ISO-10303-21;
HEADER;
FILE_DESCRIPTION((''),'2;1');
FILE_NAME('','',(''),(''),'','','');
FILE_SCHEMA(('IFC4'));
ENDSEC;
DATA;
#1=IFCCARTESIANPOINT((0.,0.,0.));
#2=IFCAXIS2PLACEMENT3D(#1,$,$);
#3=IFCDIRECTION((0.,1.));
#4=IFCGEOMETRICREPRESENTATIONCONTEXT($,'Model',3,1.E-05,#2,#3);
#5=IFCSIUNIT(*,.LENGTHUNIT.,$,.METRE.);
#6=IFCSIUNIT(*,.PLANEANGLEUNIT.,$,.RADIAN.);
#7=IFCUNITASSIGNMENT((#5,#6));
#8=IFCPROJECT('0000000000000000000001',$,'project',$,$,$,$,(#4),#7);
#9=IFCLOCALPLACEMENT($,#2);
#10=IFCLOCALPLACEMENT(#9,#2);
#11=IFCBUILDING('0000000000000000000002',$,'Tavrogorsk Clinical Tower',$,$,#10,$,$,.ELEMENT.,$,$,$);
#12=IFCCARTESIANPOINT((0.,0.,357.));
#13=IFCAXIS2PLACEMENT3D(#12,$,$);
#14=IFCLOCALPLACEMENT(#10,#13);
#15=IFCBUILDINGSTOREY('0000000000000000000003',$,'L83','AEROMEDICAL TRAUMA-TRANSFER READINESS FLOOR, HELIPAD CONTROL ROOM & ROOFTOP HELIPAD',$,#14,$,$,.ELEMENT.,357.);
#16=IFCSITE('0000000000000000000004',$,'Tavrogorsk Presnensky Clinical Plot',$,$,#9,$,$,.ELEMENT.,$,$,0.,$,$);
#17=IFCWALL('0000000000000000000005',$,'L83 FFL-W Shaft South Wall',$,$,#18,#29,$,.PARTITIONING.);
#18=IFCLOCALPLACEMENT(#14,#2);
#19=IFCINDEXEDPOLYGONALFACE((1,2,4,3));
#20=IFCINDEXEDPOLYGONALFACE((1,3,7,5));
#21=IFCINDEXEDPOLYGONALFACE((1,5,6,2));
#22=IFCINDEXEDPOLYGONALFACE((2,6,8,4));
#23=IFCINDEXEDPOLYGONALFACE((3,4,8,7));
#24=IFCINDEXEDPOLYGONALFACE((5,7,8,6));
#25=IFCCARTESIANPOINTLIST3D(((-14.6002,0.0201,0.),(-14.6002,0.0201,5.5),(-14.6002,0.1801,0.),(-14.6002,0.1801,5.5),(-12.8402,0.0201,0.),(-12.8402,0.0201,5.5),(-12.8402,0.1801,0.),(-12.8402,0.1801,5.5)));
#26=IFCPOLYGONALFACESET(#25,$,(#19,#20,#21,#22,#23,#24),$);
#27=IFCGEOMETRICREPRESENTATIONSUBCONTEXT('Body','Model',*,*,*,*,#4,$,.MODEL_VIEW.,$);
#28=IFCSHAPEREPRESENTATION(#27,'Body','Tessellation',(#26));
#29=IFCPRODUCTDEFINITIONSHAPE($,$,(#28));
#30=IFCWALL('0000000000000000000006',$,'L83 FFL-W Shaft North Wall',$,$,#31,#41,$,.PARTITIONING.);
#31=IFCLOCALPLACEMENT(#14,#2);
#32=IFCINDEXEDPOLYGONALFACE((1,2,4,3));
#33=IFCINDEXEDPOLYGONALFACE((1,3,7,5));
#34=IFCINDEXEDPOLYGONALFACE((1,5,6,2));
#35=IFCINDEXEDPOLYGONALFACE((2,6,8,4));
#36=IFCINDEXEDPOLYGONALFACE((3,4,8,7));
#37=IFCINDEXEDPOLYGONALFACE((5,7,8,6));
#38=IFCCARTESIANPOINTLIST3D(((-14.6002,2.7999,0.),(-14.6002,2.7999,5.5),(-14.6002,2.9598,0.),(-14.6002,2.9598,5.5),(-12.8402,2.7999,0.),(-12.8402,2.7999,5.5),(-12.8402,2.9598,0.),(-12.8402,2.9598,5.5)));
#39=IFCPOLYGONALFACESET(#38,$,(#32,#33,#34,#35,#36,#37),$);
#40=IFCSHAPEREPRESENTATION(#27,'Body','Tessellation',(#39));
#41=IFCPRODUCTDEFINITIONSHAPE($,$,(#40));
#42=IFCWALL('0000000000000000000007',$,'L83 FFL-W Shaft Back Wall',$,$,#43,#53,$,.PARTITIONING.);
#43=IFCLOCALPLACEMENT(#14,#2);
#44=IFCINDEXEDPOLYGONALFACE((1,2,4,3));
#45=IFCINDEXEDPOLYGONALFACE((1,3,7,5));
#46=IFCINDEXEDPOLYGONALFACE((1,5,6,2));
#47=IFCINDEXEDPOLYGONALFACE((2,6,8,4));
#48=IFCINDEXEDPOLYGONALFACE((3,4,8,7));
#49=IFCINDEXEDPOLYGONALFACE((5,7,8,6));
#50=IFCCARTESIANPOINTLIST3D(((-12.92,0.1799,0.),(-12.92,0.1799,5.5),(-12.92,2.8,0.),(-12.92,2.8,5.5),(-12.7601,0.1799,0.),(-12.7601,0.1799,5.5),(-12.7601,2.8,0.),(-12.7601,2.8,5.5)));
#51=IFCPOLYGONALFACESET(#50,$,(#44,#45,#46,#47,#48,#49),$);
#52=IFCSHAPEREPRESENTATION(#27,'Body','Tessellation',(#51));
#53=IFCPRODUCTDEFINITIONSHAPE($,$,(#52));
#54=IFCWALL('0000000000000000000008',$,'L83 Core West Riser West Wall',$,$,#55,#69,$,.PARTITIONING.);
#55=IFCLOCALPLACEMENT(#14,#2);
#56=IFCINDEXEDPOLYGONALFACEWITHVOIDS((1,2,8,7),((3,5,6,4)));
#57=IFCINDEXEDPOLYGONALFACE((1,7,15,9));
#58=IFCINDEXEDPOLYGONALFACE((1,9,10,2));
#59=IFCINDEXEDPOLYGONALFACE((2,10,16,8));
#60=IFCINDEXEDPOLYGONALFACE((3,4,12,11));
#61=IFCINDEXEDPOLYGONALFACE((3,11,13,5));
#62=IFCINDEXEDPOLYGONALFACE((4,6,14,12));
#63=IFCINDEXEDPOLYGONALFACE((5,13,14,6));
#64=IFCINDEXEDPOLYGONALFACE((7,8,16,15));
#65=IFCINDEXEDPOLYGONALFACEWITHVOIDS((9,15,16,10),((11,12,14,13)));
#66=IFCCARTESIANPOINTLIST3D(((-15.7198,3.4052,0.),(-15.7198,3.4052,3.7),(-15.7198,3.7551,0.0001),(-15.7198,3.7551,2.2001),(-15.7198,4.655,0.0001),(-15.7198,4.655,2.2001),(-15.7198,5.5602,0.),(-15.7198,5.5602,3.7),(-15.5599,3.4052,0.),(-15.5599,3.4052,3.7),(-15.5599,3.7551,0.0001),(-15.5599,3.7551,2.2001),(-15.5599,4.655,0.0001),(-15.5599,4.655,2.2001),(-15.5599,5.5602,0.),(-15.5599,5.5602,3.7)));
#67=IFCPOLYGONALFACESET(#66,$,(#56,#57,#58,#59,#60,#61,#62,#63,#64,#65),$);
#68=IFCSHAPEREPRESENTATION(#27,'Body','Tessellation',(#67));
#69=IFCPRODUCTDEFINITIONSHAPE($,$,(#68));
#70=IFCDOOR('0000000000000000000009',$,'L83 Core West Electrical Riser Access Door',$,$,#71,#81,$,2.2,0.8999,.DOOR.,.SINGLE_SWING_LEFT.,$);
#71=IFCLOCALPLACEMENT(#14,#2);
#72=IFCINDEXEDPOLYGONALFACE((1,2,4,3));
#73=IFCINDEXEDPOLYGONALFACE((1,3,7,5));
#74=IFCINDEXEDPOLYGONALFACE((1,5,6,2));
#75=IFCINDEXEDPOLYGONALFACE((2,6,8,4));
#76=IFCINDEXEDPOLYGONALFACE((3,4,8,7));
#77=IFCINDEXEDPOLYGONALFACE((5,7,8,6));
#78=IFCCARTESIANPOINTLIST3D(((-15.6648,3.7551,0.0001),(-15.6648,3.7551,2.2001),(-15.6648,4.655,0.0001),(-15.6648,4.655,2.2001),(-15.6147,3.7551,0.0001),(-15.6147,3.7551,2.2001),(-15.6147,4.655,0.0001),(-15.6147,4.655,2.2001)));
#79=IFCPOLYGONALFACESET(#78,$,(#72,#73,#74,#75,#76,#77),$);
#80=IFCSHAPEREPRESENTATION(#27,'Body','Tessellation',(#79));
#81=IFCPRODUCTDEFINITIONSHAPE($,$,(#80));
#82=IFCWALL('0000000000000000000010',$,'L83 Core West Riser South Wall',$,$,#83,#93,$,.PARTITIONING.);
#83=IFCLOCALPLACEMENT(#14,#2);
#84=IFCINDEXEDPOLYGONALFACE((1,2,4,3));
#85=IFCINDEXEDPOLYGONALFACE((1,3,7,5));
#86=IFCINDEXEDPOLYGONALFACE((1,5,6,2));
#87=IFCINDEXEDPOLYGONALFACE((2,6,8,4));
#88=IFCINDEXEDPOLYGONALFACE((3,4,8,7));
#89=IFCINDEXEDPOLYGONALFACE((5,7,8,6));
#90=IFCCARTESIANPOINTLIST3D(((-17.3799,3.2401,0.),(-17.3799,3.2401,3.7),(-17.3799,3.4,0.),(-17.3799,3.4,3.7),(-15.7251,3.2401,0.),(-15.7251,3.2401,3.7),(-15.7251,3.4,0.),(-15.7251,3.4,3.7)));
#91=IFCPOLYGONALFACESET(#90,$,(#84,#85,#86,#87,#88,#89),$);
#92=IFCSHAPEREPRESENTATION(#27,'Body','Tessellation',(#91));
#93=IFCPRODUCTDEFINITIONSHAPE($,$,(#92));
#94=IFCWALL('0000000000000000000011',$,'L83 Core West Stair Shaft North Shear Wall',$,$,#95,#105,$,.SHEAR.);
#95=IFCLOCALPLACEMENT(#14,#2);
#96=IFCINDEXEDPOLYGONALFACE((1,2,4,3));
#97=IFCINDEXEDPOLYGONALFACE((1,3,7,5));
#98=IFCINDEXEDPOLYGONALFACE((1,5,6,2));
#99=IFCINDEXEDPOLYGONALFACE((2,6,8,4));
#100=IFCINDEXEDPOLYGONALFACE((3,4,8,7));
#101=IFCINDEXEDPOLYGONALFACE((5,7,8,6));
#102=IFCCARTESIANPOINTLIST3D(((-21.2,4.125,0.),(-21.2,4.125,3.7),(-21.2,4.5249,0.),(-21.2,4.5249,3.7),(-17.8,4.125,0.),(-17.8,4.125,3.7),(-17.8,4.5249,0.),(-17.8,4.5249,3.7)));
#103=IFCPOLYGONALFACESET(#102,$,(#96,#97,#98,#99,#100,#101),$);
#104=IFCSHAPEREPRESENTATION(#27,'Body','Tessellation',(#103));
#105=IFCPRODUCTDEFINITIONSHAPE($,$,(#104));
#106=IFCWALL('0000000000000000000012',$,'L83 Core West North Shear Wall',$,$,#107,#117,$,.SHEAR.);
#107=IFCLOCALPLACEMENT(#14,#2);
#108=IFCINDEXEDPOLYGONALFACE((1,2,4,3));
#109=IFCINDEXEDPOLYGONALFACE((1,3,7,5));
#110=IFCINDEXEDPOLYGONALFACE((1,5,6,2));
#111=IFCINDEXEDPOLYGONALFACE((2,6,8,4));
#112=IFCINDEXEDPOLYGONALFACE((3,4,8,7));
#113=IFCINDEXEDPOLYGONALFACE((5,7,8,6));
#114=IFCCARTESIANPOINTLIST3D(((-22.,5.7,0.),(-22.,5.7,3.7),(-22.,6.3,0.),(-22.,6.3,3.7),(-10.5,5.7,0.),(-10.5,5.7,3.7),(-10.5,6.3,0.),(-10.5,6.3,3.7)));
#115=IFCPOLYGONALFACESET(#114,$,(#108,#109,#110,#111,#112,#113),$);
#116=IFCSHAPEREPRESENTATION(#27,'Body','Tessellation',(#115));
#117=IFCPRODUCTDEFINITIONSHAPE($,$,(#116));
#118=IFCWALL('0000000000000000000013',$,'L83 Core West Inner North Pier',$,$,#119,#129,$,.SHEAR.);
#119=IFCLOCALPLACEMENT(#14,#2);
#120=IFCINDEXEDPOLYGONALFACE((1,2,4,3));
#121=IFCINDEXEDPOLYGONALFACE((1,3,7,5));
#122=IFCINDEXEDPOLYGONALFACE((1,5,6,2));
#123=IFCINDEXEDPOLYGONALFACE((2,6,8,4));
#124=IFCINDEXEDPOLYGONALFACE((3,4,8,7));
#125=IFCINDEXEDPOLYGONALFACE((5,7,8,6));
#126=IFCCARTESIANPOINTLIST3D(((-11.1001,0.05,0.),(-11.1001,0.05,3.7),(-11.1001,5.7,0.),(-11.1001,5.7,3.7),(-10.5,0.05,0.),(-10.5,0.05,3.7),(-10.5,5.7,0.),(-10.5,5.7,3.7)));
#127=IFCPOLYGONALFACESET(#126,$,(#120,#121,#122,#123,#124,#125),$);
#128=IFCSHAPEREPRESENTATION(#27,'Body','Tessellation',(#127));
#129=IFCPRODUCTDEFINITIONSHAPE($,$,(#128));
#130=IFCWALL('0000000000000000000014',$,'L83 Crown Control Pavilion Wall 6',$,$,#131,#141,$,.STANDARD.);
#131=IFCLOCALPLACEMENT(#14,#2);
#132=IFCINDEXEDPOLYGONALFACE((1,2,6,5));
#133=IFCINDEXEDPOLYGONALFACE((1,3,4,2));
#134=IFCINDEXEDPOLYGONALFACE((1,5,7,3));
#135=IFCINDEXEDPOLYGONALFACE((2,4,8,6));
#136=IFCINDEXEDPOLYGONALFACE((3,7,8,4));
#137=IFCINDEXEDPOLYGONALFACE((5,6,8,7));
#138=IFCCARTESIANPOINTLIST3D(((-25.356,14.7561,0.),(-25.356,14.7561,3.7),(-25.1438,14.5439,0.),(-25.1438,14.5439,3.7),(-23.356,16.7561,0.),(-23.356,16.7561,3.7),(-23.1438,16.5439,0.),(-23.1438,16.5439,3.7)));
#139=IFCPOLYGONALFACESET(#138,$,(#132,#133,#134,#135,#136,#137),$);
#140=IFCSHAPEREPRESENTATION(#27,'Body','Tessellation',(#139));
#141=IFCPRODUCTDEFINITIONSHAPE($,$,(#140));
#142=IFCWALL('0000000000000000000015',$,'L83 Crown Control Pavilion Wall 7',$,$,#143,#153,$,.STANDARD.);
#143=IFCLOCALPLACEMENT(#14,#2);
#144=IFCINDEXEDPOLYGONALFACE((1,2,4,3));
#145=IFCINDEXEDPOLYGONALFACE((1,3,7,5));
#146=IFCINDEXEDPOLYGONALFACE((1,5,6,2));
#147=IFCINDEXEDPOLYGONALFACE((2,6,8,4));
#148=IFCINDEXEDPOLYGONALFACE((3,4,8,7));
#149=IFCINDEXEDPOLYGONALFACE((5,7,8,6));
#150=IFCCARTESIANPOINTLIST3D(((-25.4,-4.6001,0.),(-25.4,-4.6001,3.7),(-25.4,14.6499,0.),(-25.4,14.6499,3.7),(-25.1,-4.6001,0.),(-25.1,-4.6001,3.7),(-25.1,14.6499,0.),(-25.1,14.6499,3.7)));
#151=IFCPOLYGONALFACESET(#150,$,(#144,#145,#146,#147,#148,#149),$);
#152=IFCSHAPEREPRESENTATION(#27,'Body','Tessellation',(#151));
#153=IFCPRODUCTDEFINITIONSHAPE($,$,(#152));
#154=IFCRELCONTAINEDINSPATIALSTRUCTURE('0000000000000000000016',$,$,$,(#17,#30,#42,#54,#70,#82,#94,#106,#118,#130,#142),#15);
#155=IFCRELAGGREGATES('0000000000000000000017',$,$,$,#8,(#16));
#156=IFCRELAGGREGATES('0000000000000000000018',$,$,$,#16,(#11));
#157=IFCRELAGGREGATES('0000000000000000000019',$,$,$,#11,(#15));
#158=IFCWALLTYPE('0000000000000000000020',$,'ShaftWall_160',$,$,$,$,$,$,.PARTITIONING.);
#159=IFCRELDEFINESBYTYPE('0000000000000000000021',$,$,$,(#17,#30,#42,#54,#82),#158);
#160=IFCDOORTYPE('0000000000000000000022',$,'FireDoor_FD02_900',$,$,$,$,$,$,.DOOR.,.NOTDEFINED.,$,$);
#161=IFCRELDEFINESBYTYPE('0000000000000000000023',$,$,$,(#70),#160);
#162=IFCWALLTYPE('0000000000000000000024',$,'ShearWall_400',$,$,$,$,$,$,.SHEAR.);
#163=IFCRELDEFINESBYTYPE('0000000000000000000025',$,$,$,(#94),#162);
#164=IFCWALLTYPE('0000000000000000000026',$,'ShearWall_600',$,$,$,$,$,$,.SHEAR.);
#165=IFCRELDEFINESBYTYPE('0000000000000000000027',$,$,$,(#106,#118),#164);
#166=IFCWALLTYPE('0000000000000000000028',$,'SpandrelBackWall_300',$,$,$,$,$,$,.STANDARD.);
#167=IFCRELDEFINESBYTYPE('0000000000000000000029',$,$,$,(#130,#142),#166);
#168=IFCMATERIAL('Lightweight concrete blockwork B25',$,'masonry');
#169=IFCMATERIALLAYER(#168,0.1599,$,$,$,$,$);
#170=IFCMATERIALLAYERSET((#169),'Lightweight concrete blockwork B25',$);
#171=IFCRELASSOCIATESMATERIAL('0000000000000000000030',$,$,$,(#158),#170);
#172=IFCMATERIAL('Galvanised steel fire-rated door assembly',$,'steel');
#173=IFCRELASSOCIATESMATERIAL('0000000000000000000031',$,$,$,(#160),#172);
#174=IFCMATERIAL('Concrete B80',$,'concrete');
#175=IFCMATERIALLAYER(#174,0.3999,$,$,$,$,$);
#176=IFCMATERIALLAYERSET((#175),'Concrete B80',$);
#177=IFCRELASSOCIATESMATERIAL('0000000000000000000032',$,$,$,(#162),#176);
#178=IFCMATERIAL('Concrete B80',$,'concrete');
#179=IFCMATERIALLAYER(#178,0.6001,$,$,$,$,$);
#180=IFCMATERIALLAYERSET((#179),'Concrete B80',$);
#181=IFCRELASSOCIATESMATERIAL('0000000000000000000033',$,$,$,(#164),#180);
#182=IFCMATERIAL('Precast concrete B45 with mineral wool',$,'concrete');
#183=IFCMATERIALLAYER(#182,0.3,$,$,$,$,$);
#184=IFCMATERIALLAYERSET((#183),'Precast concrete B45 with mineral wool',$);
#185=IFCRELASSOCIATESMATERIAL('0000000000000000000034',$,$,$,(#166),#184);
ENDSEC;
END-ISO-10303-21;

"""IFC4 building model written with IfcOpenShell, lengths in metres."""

from ifc_helpers import new_model, si_unit, direction, frame, frame_2d, origin, place, context, subcontext, project, spatial, rectangle, extrude, material, layer, layer_set, type_object, element, fill, save


model = new_model("IFC4")

# Units and contexts
model_context = context("Model", 3, precision=1e-05, world=origin(), true_north=direction((0.0, 1.0)))
body_context = subcontext(model_context, "Body", "Model", "MODEL_VIEW")
ifc_project = project(units=[si_unit("LENGTHUNIT", "METRE"), si_unit("PLANEANGLEUNIT", "RADIAN")], contexts=[model_context])

# Site, building, storey
site_placement = place(None, origin())
site = spatial("IfcSite", under=ifc_project, at=site_placement, Name="Tavrogorsk Presnensky Clinical Plot", CompositionType="ELEMENT", RefElevation=0.0)
building_placement = place(site_placement, origin())
building = spatial("IfcBuilding", under=site, at=building_placement, Name="Tavrogorsk Clinical Tower", CompositionType="ELEMENT")
storey_placement = place(building_placement, frame((0.0, 0.0, 357.0)))
storey = spatial("IfcBuildingStorey", under=building, at=storey_placement, Name="L83", Description="AEROMEDICAL TRAUMA-TRANSFER READINESS FLOOR, HELIPAD CONTROL ROOM & ROOFTOP HELIPAD", CompositionType="ELEMENT", Elevation=357.0)

# Shared definitions
ifc_material_1 = material(Name="Lightweight concrete blockwork B25", Category="masonry")
ifc_layer_1 = layer(ifc_material_1, 0.1599)
ifc_layer_set_1 = layer_set([ifc_layer_1], Name="Lightweight concrete blockwork B25")
wall_type_1 = type_object("IfcWallType", Name="ShaftWall_160", PredefinedType="PARTITIONING", material=ifc_layer_set_1)

# Walls
for number, where, z_axis, x_axis, name in (
    (1, (-14.6001, 0.1001, 0.0), (0.0, 0.0, 1.0), (1.0, 0.0, 0.0), "L83 FFL-W Shaft South Wall"),
    (2, (-14.6001, 2.8799, 0.0), (0.0, 0.0, 1.0), (1.0, 0.0, 0.0), "L83 FFL-W Shaft North Wall"),
):
    element("IfcWall", number, at=place(storey_placement, frame(where, z_axis=z_axis, x_axis=x_axis)), inside=storey, type_object=wall_type_1, Name=name, PredefinedType="PARTITIONING", context=body_context, shape_type="SweptSolid", body=[
        extrude(rectangle(XDim=1.76, YDim=0.1599, at=frame_2d((0.8799, 0.0))), origin(), (0.0, 0.0, 1.0), 5.5),
    ])
wall_1_placement = place(storey_placement, frame((-12.8401, 0.1799, 0.0), z_axis=(0.0, 0.0, 1.0), x_axis=(0.0, 1.0, 0.0)))
element("IfcWall", 3, at=wall_1_placement, inside=storey, type_object=wall_type_1, Name="L83 FFL-W Shaft Back Wall", PredefinedType="PARTITIONING", context=body_context, shape_type="SweptSolid", body=[
    extrude(rectangle(XDim=2.6201, YDim=0.1599, at=frame_2d((1.3101, 0.0))), origin(), (0.0, 0.0, 1.0), 5.5),
])

# Wall, opening, door
wall_2_placement = place(storey_placement, frame((-15.6399, 3.405, 0.0), z_axis=(0.0, 0.0, 1.0), x_axis=(0.0, 1.0, 0.0)))
wall_2 = element("IfcWall", 4, at=wall_2_placement, inside=storey, type_object=wall_type_1, Name="L83 Core West Riser West Wall", PredefinedType="PARTITIONING", context=body_context, shape_type="SweptSolid", body=[
    extrude(rectangle(XDim=2.155, YDim=0.1599, at=frame_2d((1.0776, 0.0))), origin(), (0.0, 0.0, 1.0), 3.7),
])
opening_1_placement = place(wall_2_placement, frame((0.3501, 0.0, 0.0)))
opening_1 = element("IfcOpeningElement", 5, at=opening_1_placement, cuts=wall_2, PredefinedType="OPENING", context=body_context, shape_type="SweptSolid", body=[
    extrude(rectangle(XDim=0.8999, YDim=2.2, at=frame_2d((0.45, 1.1001))), frame((0.0, 0.0898, 0.0), z_axis=(0.0, -1.0, 0.0), x_axis=(1.0, 0.0, 0.0)), (0.0, 0.0, 1.0), 0.1799),
])
ifc_material_2 = material(Name="Galvanised steel fire-rated door assembly", Category="steel")
door_type_1 = type_object("IfcDoorType", Name="FireDoor_FD02_900", OperationType="NOTDEFINED", PredefinedType="DOOR", material=ifc_material_2)
door_1_placement = place(opening_1_placement, origin())
door_1 = element("IfcDoor", 6, at=door_1_placement, inside=storey, type_object=door_type_1, Name="L83 Core West Electrical Riser Access Door", OperationType="SINGLE_SWING_LEFT", OverallHeight=2.2, OverallWidth=0.8999, PredefinedType="DOOR", context=body_context, shape_type="SweptSolid", body=[
    extrude(rectangle(XDim=0.8999, YDim=2.2, at=frame_2d((0.45, 1.1001))), frame((0.0, 0.0249, 0.0), z_axis=(0.0, -1.0, 0.0), x_axis=(1.0, 0.0, 0.0)), (0.0, 0.0, 1.0), 0.05),
])
fill(opening_1, door_1)

# Walls
wall_3_placement = place(storey_placement, frame((-17.3799, 3.3201, 0.0), z_axis=(0.0, 0.0, 1.0), x_axis=(1.0, 0.0, 0.0)))
element("IfcWall", 7, at=wall_3_placement, inside=storey, type_object=wall_type_1, Name="L83 Core West Riser South Wall", PredefinedType="PARTITIONING", context=body_context, shape_type="SweptSolid", body=[
    extrude(rectangle(XDim=1.6548, YDim=0.1599, at=frame_2d((0.8274, 0.0))), origin(), (0.0, 0.0, 1.0), 3.7),
])
ifc_material_3 = material(Name="Concrete B80", Category="concrete")
ifc_layer_2 = layer(ifc_material_3, 0.3999)
ifc_layer_set_2 = layer_set([ifc_layer_2], Name="Concrete B80")
wall_type_2 = type_object("IfcWallType", Name="ShearWall_400", PredefinedType="SHEAR", material=ifc_layer_set_2)
wall_4_placement = place(storey_placement, frame((-21.2, 4.325, 0.0), z_axis=(0.0, 0.0, 1.0), x_axis=(1.0, 0.0, 0.0)))
element("IfcWall", 8, at=wall_4_placement, inside=storey, type_object=wall_type_2, Name="L83 Core West Stair Shaft North Shear Wall", PredefinedType="SHEAR", context=body_context, shape_type="SweptSolid", body=[
    extrude(rectangle(XDim=3.3999, YDim=0.3999, at=frame_2d((1.7, 0.0))), origin(), (0.0, 0.0, 1.0), 3.7),
])
ifc_material_4 = material(Name="Concrete B80", Category="concrete")
ifc_layer_3 = layer(ifc_material_4, 0.6001)
ifc_layer_set_3 = layer_set([ifc_layer_3], Name="Concrete B80")
wall_type_3 = type_object("IfcWallType", Name="ShearWall_600", PredefinedType="SHEAR", material=ifc_layer_set_3)
wall_5_placement = place(storey_placement, frame((-22.0, 6.0, 0.0), z_axis=(0.0, 0.0, 1.0), x_axis=(1.0, 0.0, 0.0)))
element("IfcWall", 9, at=wall_5_placement, inside=storey, type_object=wall_type_3, Name="L83 Core West North Shear Wall", PredefinedType="SHEAR", context=body_context, shape_type="SweptSolid", body=[
    extrude(rectangle(XDim=11.5, YDim=0.6001, at=frame_2d((5.75, 0.0))), origin(), (0.0, 0.0, 1.0), 3.7),
])
wall_6_placement = place(storey_placement, frame((-10.8, 0.05, 0.0), z_axis=(0.0, 0.0, 1.0), x_axis=(0.0, 1.0, 0.0)))
element("IfcWall", 10, at=wall_6_placement, inside=storey, type_object=wall_type_3, Name="L83 Core West Inner North Pier", PredefinedType="SHEAR", context=body_context, shape_type="SweptSolid", body=[
    extrude(rectangle(XDim=5.6499, YDim=0.6001, at=frame_2d((2.825, 0.0))), origin(), (0.0, 0.0, 1.0), 3.7),
])
ifc_material_5 = material(Name="Precast concrete B45 with mineral wool", Category="concrete")
ifc_layer_4 = layer(ifc_material_5, 0.3)
ifc_layer_set_4 = layer_set([ifc_layer_4], Name="Precast concrete B45 with mineral wool")
wall_type_4 = type_object("IfcWallType", Name="SpandrelBackWall_300", PredefinedType="STANDARD", material=ifc_layer_set_4)
wall_7_placement = place(storey_placement, frame((-23.25, 16.6499, 0.0), z_axis=(0.0, 0.0, 1.0), x_axis=(-0.707107, -0.707107, 0.0)))
element("IfcWall", 11, at=wall_7_placement, inside=storey, type_object=wall_type_4, Name="L83 Crown Control Pavilion Wall 6", PredefinedType="STANDARD", context=body_context, shape_type="SweptSolid", body=[
    extrude(rectangle(XDim=2.8284, YDim=0.3, at=frame_2d((1.4141, 0.0))), origin(), (0.0, 0.0, 1.0), 3.7),
])
wall_8_placement = place(storey_placement, frame((-25.25, 14.6499, 0.0), z_axis=(0.0, 0.0, 1.0), x_axis=(0.0, -1.0, 0.0)))
element("IfcWall", 12, at=wall_8_placement, inside=storey, type_object=wall_type_4, Name="L83 Crown Control Pavilion Wall 7", PredefinedType="STANDARD", context=body_context, shape_type="SweptSolid", body=[
    extrude(rectangle(XDim=19.25, YDim=0.3, at=frame_2d((9.625, 0.0))), origin(), (0.0, 0.0, 1.0), 3.7),
])

save(model, "model.ifc")
